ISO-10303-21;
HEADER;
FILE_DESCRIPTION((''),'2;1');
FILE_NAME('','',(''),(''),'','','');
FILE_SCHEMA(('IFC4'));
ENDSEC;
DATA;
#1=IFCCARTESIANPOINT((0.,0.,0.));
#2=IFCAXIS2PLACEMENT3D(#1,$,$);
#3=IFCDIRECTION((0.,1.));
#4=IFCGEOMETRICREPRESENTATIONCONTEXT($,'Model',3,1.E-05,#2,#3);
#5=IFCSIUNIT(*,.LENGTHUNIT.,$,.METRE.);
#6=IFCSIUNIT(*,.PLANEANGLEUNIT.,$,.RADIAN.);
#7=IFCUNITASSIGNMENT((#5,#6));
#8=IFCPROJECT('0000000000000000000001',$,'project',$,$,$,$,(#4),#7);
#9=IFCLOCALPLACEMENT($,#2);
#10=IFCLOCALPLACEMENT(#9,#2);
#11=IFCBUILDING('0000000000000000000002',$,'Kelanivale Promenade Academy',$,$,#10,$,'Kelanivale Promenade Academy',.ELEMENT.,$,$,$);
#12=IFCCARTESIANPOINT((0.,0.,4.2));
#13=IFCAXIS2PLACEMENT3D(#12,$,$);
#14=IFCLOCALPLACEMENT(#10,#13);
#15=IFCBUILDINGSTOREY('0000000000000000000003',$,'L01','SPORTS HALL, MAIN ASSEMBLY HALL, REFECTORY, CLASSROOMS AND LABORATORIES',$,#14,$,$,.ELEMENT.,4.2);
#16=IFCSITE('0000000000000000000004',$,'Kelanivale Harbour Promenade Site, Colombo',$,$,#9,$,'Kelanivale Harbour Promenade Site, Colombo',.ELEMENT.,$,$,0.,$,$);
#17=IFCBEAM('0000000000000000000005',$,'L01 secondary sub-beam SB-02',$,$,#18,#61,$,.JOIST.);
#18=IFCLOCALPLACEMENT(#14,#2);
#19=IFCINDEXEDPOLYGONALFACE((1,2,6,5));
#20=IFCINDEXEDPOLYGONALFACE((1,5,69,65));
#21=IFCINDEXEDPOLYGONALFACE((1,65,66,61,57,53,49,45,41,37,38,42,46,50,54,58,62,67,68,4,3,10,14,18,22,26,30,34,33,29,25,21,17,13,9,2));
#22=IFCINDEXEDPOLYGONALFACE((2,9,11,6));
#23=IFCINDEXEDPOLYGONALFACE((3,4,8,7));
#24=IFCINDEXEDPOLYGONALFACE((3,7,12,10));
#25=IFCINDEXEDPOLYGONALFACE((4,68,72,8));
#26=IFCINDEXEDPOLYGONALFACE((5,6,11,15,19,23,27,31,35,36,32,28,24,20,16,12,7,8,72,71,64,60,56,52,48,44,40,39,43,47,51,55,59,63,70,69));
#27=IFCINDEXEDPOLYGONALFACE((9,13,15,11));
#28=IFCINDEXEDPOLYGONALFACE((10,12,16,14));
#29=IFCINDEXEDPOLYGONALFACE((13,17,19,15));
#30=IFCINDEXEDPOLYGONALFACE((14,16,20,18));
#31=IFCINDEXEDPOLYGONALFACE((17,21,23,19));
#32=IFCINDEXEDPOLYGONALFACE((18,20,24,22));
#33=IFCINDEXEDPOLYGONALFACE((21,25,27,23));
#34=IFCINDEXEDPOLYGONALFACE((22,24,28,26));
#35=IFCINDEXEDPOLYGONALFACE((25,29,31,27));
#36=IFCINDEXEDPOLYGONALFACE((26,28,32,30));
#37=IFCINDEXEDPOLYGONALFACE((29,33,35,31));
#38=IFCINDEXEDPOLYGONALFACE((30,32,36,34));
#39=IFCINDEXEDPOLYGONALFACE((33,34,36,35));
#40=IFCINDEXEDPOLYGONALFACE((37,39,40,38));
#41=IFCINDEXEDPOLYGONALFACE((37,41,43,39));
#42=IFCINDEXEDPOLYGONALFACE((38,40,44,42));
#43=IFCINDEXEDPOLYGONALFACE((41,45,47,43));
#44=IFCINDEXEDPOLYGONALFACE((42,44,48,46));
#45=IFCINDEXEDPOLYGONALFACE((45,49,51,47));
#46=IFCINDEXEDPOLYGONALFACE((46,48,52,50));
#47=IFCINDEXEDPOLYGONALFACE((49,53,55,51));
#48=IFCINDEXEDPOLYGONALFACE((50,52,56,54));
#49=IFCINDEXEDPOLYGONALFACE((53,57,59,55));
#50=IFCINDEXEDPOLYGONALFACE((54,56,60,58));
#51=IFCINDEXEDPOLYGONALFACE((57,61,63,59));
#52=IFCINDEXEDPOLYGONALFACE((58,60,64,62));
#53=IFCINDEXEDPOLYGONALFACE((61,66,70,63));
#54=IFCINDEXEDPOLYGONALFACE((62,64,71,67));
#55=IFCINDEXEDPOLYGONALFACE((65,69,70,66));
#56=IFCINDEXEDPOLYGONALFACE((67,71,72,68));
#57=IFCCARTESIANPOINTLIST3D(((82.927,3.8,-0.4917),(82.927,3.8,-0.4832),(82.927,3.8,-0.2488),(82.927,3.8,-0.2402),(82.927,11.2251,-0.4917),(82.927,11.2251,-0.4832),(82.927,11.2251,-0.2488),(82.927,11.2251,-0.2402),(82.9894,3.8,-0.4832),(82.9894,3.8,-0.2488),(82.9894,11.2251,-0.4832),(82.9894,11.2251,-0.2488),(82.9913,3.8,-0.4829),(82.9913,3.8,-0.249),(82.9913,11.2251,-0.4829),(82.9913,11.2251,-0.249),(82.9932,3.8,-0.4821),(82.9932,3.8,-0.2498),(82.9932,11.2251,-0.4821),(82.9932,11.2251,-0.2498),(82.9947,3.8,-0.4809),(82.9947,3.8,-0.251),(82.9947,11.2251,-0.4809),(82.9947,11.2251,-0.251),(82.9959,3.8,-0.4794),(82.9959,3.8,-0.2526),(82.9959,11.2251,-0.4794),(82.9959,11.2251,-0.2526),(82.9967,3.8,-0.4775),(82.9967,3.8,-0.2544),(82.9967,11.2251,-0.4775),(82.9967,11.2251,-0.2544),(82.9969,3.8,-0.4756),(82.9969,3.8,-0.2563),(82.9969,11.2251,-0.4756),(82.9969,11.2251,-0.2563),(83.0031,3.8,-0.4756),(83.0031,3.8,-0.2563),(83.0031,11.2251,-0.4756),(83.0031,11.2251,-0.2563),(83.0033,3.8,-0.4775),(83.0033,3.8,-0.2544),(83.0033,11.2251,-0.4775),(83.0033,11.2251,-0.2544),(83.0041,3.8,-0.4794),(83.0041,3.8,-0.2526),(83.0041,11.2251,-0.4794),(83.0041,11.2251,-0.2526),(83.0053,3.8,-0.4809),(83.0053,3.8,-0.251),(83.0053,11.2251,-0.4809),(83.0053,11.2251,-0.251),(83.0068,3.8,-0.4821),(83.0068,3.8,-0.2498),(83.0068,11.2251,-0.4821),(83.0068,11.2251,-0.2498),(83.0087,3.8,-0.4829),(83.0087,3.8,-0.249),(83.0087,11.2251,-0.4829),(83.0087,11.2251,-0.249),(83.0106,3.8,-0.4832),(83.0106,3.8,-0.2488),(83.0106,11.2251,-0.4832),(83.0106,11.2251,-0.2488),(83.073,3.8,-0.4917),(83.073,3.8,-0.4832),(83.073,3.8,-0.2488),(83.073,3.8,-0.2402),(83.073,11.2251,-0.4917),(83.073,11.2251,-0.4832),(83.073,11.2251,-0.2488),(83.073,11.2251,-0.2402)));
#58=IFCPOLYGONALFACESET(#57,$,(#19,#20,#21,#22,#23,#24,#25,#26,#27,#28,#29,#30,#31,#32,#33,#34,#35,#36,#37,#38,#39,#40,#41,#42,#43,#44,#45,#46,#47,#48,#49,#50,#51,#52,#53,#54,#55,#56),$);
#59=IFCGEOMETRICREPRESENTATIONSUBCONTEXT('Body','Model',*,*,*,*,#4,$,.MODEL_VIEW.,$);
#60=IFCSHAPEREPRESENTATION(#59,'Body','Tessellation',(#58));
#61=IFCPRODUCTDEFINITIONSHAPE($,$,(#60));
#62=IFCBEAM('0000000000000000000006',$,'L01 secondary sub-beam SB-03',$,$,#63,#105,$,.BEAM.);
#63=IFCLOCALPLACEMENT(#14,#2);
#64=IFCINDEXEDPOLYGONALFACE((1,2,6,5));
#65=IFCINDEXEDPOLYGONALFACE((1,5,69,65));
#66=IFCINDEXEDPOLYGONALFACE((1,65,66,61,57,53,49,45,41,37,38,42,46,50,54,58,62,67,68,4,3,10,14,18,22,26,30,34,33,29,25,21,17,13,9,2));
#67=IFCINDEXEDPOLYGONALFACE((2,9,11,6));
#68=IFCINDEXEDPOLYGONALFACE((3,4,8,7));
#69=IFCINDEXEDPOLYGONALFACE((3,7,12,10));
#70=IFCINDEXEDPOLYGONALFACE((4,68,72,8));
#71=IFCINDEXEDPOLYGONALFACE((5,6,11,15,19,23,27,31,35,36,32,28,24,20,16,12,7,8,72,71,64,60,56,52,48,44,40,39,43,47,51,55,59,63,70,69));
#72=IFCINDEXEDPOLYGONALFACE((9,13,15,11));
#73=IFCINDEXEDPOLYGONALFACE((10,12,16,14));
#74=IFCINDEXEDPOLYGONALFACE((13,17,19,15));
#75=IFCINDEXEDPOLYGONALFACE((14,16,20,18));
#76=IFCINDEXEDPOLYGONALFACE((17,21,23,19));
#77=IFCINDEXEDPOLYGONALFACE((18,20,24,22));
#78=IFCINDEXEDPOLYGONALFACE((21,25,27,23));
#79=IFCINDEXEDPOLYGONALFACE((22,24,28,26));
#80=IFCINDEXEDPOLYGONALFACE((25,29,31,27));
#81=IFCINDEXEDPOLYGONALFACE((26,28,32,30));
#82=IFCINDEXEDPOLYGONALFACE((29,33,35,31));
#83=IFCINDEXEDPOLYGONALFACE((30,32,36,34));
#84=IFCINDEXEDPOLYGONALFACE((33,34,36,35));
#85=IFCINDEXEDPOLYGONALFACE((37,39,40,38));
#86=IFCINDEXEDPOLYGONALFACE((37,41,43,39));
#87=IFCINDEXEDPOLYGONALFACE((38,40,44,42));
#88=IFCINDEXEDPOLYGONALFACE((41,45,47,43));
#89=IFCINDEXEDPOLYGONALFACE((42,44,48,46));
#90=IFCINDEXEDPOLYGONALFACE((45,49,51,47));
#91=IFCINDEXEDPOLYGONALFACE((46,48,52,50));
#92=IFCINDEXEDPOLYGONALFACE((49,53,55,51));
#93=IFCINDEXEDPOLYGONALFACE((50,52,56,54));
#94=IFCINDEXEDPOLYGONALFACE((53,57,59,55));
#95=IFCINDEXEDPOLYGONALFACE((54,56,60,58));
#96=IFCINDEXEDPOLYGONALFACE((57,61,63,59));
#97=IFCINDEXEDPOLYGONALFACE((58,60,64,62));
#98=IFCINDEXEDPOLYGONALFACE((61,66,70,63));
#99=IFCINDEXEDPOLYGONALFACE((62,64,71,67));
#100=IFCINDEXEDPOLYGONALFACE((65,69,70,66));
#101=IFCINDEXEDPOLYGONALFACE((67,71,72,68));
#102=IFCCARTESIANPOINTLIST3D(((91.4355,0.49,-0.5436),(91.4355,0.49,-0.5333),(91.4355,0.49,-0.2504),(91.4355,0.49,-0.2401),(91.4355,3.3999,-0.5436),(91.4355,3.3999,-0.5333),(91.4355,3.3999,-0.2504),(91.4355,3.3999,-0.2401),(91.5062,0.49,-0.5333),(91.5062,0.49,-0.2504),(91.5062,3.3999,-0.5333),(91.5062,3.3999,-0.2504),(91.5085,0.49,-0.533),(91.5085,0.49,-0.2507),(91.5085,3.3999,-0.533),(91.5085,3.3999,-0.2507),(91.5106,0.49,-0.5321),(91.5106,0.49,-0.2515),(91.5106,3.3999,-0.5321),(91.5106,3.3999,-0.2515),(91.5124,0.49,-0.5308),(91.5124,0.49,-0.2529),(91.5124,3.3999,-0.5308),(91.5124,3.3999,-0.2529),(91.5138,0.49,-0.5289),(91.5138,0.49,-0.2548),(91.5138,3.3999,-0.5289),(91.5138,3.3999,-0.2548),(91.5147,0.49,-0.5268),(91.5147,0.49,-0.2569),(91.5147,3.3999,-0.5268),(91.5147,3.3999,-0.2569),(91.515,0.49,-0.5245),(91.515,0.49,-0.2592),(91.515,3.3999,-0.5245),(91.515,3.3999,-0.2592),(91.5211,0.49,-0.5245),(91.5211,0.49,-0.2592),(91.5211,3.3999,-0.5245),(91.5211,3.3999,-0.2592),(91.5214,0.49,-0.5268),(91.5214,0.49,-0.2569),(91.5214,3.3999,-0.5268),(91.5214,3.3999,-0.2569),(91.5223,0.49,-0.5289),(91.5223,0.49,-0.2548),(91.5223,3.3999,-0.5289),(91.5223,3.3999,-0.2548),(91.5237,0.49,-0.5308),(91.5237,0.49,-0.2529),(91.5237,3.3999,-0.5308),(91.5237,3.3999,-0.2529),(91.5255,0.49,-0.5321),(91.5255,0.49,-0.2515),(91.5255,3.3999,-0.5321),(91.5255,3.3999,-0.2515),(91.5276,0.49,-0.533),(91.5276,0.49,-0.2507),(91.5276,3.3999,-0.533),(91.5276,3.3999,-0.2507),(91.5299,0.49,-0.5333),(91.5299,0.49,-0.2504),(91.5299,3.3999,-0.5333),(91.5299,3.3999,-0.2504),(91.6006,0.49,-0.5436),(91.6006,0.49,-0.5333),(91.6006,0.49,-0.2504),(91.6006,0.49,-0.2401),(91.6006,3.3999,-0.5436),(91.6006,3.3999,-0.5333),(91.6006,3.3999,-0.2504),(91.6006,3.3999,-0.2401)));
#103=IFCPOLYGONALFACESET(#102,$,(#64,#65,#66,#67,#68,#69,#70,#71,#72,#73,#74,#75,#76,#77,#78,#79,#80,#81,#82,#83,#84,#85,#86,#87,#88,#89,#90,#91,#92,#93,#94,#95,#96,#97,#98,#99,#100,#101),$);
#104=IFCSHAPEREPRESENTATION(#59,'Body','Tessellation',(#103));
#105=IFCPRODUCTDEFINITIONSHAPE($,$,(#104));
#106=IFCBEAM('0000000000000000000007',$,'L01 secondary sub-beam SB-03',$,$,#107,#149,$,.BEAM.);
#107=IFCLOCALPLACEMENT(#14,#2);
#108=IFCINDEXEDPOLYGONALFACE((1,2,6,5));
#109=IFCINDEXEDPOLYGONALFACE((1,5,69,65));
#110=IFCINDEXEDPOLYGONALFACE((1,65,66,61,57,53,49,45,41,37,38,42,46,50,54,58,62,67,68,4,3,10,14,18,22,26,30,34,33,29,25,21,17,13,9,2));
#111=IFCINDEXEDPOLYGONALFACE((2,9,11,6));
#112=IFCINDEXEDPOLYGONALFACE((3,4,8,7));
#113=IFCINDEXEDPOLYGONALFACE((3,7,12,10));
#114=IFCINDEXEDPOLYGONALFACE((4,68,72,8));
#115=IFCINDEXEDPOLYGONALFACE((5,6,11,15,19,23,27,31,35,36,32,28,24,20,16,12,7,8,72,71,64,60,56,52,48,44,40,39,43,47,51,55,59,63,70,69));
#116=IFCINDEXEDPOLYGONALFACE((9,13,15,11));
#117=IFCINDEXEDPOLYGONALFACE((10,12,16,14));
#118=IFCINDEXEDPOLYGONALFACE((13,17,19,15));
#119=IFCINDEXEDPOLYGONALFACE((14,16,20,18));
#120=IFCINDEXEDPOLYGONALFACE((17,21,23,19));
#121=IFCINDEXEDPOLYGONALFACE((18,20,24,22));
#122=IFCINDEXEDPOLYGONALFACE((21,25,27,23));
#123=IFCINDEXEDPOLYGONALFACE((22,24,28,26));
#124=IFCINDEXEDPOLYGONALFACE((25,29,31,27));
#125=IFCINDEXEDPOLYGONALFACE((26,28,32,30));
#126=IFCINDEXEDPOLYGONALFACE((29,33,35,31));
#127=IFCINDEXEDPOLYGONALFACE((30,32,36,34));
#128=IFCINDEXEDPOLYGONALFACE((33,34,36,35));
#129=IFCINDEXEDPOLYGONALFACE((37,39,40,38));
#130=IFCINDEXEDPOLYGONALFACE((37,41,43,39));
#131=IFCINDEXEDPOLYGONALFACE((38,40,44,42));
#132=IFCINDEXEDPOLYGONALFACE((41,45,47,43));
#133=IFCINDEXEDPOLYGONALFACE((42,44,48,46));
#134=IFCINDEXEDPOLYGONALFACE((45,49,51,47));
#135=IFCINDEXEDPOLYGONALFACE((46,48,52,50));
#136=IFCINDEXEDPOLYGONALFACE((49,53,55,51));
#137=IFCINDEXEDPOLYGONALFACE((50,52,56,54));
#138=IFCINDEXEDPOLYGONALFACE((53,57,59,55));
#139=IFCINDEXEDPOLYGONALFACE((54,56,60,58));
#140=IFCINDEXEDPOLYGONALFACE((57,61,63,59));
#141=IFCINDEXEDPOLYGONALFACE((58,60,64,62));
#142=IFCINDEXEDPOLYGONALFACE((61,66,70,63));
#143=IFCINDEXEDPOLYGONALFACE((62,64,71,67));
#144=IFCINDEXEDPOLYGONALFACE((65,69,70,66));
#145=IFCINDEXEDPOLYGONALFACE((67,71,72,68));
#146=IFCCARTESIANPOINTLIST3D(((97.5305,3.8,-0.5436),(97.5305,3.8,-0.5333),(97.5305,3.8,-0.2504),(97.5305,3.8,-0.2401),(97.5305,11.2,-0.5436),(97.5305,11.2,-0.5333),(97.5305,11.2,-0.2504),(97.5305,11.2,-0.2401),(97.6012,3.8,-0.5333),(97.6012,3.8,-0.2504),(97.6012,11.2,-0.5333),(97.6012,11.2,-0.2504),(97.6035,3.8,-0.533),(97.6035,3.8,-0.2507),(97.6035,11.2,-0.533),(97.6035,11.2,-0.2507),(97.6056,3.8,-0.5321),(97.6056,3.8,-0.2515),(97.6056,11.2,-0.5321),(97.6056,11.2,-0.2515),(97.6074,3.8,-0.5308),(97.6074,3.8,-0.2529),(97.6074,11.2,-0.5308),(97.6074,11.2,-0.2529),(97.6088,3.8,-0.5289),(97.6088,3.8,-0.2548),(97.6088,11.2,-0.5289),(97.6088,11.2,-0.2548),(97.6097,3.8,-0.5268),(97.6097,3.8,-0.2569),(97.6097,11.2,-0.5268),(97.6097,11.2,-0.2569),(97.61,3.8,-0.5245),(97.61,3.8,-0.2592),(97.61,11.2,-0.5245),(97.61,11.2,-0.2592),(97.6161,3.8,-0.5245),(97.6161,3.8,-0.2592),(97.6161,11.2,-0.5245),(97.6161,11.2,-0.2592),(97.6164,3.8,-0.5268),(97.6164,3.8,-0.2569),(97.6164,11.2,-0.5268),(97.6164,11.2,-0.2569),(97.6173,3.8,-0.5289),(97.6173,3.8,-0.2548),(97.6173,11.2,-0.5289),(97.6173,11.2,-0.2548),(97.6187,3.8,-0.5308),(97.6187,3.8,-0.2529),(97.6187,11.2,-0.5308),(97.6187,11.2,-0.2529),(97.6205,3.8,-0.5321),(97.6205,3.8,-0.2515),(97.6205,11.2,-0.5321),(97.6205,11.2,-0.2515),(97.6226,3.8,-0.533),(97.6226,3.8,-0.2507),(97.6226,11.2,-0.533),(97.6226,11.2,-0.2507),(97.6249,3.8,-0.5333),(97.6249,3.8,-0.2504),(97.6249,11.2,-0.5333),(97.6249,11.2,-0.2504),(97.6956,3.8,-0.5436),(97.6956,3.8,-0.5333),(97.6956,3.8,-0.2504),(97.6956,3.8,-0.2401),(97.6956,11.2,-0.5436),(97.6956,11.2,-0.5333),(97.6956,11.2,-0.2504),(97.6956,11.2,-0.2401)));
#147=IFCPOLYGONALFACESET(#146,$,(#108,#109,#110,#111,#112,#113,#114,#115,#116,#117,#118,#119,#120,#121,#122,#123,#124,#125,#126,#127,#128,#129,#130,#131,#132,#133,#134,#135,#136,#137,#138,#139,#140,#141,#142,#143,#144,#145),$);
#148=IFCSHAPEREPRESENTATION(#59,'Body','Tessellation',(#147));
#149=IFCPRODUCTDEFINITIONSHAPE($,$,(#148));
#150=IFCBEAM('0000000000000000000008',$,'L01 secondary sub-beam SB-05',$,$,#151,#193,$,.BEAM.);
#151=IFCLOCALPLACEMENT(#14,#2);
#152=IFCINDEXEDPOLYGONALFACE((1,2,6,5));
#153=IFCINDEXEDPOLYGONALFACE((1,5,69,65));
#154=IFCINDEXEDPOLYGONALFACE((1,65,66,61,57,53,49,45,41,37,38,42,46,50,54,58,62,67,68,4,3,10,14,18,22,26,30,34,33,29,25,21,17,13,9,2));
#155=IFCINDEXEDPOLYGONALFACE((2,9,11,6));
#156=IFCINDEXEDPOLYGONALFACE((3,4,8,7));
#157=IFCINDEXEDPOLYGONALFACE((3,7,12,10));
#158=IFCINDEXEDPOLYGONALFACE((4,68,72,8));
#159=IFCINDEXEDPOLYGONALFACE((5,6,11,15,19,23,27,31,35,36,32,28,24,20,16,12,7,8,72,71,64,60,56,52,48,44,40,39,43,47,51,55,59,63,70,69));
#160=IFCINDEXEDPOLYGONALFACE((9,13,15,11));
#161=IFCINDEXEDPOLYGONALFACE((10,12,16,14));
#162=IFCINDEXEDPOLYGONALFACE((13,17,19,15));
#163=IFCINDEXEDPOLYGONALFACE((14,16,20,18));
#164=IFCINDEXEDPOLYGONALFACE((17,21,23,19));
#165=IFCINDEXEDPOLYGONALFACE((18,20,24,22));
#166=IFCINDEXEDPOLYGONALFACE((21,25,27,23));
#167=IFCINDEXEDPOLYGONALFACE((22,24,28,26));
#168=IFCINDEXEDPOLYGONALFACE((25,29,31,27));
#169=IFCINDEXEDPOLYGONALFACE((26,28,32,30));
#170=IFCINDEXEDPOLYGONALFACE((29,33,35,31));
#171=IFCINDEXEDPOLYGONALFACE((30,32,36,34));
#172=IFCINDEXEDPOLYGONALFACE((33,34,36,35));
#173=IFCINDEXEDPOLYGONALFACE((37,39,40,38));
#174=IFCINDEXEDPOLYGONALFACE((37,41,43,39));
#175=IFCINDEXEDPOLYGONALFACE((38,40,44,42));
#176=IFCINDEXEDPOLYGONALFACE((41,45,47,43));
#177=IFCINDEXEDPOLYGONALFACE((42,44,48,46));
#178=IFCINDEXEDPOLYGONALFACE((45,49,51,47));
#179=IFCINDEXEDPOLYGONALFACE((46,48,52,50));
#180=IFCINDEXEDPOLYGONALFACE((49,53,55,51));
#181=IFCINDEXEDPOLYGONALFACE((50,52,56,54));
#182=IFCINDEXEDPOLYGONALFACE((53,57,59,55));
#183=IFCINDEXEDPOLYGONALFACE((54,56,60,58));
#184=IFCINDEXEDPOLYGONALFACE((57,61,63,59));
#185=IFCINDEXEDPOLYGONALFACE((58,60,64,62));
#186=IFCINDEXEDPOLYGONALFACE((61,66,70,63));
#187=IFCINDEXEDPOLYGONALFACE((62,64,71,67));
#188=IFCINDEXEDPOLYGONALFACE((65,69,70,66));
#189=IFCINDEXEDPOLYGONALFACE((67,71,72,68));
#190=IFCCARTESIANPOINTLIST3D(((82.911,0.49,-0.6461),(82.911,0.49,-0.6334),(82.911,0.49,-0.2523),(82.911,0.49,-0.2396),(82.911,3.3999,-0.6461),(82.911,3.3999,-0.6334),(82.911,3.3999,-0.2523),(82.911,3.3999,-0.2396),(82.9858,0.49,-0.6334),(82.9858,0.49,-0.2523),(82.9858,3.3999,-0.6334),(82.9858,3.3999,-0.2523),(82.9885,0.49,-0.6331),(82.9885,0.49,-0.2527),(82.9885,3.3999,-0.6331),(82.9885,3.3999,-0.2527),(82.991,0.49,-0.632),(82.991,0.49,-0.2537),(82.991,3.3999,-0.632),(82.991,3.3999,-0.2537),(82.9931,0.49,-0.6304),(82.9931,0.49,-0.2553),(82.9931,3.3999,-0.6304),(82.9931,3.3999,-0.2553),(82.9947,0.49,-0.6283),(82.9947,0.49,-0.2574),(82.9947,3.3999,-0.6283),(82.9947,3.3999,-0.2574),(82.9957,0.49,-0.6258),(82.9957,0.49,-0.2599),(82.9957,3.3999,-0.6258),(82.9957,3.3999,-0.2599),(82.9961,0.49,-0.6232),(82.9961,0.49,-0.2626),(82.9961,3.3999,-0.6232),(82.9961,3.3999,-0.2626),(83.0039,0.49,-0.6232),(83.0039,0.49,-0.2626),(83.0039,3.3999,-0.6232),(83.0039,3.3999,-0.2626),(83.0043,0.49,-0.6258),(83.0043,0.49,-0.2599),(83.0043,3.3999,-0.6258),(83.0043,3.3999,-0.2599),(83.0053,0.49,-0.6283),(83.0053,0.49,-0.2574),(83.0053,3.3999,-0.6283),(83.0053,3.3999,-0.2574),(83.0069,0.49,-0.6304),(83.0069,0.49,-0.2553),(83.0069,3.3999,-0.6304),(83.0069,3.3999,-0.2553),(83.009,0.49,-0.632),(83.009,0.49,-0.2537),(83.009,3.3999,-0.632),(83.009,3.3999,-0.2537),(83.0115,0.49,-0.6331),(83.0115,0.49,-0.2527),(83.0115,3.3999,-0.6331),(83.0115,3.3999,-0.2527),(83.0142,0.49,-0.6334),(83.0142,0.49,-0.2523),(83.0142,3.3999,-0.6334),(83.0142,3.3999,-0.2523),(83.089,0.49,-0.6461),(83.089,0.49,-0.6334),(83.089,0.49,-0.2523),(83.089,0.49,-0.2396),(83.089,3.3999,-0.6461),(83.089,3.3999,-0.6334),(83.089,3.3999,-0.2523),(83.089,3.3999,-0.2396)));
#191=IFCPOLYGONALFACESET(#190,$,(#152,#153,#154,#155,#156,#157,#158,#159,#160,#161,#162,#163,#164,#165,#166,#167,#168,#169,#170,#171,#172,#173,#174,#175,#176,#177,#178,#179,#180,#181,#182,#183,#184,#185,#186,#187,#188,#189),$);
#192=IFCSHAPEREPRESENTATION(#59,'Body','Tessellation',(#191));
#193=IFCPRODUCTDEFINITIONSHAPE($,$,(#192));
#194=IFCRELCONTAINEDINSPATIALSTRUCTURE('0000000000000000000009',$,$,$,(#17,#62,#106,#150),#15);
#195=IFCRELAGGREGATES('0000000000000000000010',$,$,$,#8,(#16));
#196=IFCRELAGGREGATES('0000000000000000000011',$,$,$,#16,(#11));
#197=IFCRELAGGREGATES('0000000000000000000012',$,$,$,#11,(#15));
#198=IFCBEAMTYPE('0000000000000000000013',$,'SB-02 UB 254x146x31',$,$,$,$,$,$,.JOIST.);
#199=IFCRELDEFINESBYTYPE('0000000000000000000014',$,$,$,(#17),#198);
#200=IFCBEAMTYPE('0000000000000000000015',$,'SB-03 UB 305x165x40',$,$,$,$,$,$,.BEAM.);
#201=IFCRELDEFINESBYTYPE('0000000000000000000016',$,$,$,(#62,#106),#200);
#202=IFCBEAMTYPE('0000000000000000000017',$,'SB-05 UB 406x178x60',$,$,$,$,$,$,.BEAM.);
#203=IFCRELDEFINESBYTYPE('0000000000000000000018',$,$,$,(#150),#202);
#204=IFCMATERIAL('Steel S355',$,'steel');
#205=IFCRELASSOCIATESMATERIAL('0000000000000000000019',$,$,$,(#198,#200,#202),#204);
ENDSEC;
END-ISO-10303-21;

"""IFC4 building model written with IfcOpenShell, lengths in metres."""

from ifc_helpers import new_model, si_unit, direction, frame, origin, origin_2d, place, context, subcontext, project, spatial, i_section, extrude, material, material_profile, profile_set, type_object, element, save


model = new_model("IFC4")

# Units and contexts
model_context = context("Model", 3, precision=1e-05, world=origin(), true_north=direction((0.0, 1.0)))
body_context = subcontext(model_context, "Body", "Model", "MODEL_VIEW")
ifc_project = project(units=[si_unit("LENGTHUNIT", "METRE"), si_unit("PLANEANGLEUNIT", "RADIAN")], contexts=[model_context])

# Site, building, storey
site_placement = place(None, origin())
site = spatial("IfcSite", under=ifc_project, at=site_placement, Name="Kelanivale Harbour Promenade Site, Colombo", LongName="Kelanivale Harbour Promenade Site, Colombo", CompositionType="ELEMENT", RefElevation=0.0)
building_placement = place(site_placement, origin())
building = spatial("IfcBuilding", under=site, at=building_placement, Name="Kelanivale Promenade Academy", LongName="Kelanivale Promenade Academy", CompositionType="ELEMENT")
storey_placement = place(building_placement, frame((0.0, 0.0, 4.2)))
storey = spatial("IfcBuildingStorey", under=building, at=storey_placement, Name="L01", Description="SPORTS HALL, MAIN ASSEMBLY HALL, REFECTORY, CLASSROOMS AND LABORATORIES", CompositionType="ELEMENT", Elevation=4.2)

# Beams
ifc_material_1 = material(Name="Steel S355", Category="steel")
ifc_material_profile_1 = material_profile(ifc_material_1, i_section(OverallWidth=0.146, OverallDepth=0.2515, WebThickness=0.0061, FlangeThickness=0.0085, FilletRadius=0.0076, at=origin_2d()), Name="UB 254x146x31")
ifc_profile_set_1 = profile_set([ifc_material_profile_1], Name="Steel S355")
beam_type_1 = type_object("IfcBeamType", Name="SB-02 UB 254x146x31", PredefinedType="JOIST", material=ifc_profile_set_1)
beam_1_placement = place(storey_placement, frame((83.0, 3.8, -0.366), z_axis=(0.0, 1.0, 0.0), x_axis=(-1.0, 0.0, 0.0)))
element("IfcBeam", 1, at=beam_1_placement, inside=storey, type_object=beam_type_1, Name="L01 secondary sub-beam SB-02", PredefinedType="JOIST", context=body_context, shape_type="SweptSolid", body=[
    extrude(i_section(OverallWidth=0.146, OverallDepth=0.2515, WebThickness=0.0061, FlangeThickness=0.0085, FilletRadius=0.0076, at=origin_2d()), origin(), (0.0, 0.0, 1.0), 7.425),
])
ifc_material_profile_2 = material_profile(ifc_material_1, i_section(OverallWidth=0.165, OverallDepth=0.3035, WebThickness=0.0061, FlangeThickness=0.0103, FilletRadius=0.0088, at=origin_2d()), Name="UB 305x165x40")
ifc_profile_set_2 = profile_set([ifc_material_profile_2], Name="Steel S355")
beam_type_2 = type_object("IfcBeamType", Name="SB-03 UB 305x165x40", PredefinedType="BEAM", material=ifc_profile_set_2)
beam_2_placement = place(storey_placement, frame((91.5181, 0.49, -0.3918), z_axis=(0.0, 1.0, 0.0), x_axis=(-1.0, 0.0, 0.0)))
element("IfcBeam", 2, at=beam_2_placement, inside=storey, type_object=beam_type_2, Name="L01 secondary sub-beam SB-03", PredefinedType="BEAM", context=body_context, shape_type="SweptSolid", body=[
    extrude(i_section(OverallWidth=0.165, OverallDepth=0.3035, WebThickness=0.0061, FlangeThickness=0.0103, FilletRadius=0.0088, at=origin_2d()), origin(), (0.0, 0.0, 1.0), 2.9099),
])
beam_3_placement = place(storey_placement, frame((97.613, 3.8, -0.3918), z_axis=(0.0, 1.0, 0.0), x_axis=(-1.0, 0.0, 0.0)))
element("IfcBeam", 3, at=beam_3_placement, inside=storey, type_object=beam_type_2, Name="L01 secondary sub-beam SB-03", PredefinedType="BEAM", context=body_context, shape_type="SweptSolid", body=[
    extrude(i_section(OverallWidth=0.165, OverallDepth=0.3035, WebThickness=0.0061, FlangeThickness=0.0103, FilletRadius=0.0088, at=origin_2d()), origin(), (0.0, 0.0, 1.0), 7.3999),
])
ifc_material_profile_3 = material_profile(ifc_material_1, i_section(OverallWidth=0.178, OverallDepth=0.4065, WebThickness=0.0078, FlangeThickness=0.0127, FilletRadius=0.0103, at=origin_2d()), Name="UB 406x178x60")
ifc_profile_set_3 = profile_set([ifc_material_profile_3], Name="Steel S355")
beam_type_3 = type_object("IfcBeamType", Name="SB-05 UB 406x178x60", PredefinedType="BEAM", material=ifc_profile_set_3)
beam_4_placement = place(storey_placement, frame((83.0, 0.49, -0.4429), z_axis=(0.0, 1.0, 0.0), x_axis=(-1.0, 0.0, 0.0)))
element("IfcBeam", 4, at=beam_4_placement, inside=storey, type_object=beam_type_3, Name="L01 secondary sub-beam SB-05", PredefinedType="BEAM", context=body_context, shape_type="SweptSolid", body=[
    extrude(i_section(OverallWidth=0.178, OverallDepth=0.4065, WebThickness=0.0078, FlangeThickness=0.0127, FilletRadius=0.0103, at=origin_2d()), origin(), (0.0, 0.0, 1.0), 2.9099),
])

save(model, "model.ifc")
